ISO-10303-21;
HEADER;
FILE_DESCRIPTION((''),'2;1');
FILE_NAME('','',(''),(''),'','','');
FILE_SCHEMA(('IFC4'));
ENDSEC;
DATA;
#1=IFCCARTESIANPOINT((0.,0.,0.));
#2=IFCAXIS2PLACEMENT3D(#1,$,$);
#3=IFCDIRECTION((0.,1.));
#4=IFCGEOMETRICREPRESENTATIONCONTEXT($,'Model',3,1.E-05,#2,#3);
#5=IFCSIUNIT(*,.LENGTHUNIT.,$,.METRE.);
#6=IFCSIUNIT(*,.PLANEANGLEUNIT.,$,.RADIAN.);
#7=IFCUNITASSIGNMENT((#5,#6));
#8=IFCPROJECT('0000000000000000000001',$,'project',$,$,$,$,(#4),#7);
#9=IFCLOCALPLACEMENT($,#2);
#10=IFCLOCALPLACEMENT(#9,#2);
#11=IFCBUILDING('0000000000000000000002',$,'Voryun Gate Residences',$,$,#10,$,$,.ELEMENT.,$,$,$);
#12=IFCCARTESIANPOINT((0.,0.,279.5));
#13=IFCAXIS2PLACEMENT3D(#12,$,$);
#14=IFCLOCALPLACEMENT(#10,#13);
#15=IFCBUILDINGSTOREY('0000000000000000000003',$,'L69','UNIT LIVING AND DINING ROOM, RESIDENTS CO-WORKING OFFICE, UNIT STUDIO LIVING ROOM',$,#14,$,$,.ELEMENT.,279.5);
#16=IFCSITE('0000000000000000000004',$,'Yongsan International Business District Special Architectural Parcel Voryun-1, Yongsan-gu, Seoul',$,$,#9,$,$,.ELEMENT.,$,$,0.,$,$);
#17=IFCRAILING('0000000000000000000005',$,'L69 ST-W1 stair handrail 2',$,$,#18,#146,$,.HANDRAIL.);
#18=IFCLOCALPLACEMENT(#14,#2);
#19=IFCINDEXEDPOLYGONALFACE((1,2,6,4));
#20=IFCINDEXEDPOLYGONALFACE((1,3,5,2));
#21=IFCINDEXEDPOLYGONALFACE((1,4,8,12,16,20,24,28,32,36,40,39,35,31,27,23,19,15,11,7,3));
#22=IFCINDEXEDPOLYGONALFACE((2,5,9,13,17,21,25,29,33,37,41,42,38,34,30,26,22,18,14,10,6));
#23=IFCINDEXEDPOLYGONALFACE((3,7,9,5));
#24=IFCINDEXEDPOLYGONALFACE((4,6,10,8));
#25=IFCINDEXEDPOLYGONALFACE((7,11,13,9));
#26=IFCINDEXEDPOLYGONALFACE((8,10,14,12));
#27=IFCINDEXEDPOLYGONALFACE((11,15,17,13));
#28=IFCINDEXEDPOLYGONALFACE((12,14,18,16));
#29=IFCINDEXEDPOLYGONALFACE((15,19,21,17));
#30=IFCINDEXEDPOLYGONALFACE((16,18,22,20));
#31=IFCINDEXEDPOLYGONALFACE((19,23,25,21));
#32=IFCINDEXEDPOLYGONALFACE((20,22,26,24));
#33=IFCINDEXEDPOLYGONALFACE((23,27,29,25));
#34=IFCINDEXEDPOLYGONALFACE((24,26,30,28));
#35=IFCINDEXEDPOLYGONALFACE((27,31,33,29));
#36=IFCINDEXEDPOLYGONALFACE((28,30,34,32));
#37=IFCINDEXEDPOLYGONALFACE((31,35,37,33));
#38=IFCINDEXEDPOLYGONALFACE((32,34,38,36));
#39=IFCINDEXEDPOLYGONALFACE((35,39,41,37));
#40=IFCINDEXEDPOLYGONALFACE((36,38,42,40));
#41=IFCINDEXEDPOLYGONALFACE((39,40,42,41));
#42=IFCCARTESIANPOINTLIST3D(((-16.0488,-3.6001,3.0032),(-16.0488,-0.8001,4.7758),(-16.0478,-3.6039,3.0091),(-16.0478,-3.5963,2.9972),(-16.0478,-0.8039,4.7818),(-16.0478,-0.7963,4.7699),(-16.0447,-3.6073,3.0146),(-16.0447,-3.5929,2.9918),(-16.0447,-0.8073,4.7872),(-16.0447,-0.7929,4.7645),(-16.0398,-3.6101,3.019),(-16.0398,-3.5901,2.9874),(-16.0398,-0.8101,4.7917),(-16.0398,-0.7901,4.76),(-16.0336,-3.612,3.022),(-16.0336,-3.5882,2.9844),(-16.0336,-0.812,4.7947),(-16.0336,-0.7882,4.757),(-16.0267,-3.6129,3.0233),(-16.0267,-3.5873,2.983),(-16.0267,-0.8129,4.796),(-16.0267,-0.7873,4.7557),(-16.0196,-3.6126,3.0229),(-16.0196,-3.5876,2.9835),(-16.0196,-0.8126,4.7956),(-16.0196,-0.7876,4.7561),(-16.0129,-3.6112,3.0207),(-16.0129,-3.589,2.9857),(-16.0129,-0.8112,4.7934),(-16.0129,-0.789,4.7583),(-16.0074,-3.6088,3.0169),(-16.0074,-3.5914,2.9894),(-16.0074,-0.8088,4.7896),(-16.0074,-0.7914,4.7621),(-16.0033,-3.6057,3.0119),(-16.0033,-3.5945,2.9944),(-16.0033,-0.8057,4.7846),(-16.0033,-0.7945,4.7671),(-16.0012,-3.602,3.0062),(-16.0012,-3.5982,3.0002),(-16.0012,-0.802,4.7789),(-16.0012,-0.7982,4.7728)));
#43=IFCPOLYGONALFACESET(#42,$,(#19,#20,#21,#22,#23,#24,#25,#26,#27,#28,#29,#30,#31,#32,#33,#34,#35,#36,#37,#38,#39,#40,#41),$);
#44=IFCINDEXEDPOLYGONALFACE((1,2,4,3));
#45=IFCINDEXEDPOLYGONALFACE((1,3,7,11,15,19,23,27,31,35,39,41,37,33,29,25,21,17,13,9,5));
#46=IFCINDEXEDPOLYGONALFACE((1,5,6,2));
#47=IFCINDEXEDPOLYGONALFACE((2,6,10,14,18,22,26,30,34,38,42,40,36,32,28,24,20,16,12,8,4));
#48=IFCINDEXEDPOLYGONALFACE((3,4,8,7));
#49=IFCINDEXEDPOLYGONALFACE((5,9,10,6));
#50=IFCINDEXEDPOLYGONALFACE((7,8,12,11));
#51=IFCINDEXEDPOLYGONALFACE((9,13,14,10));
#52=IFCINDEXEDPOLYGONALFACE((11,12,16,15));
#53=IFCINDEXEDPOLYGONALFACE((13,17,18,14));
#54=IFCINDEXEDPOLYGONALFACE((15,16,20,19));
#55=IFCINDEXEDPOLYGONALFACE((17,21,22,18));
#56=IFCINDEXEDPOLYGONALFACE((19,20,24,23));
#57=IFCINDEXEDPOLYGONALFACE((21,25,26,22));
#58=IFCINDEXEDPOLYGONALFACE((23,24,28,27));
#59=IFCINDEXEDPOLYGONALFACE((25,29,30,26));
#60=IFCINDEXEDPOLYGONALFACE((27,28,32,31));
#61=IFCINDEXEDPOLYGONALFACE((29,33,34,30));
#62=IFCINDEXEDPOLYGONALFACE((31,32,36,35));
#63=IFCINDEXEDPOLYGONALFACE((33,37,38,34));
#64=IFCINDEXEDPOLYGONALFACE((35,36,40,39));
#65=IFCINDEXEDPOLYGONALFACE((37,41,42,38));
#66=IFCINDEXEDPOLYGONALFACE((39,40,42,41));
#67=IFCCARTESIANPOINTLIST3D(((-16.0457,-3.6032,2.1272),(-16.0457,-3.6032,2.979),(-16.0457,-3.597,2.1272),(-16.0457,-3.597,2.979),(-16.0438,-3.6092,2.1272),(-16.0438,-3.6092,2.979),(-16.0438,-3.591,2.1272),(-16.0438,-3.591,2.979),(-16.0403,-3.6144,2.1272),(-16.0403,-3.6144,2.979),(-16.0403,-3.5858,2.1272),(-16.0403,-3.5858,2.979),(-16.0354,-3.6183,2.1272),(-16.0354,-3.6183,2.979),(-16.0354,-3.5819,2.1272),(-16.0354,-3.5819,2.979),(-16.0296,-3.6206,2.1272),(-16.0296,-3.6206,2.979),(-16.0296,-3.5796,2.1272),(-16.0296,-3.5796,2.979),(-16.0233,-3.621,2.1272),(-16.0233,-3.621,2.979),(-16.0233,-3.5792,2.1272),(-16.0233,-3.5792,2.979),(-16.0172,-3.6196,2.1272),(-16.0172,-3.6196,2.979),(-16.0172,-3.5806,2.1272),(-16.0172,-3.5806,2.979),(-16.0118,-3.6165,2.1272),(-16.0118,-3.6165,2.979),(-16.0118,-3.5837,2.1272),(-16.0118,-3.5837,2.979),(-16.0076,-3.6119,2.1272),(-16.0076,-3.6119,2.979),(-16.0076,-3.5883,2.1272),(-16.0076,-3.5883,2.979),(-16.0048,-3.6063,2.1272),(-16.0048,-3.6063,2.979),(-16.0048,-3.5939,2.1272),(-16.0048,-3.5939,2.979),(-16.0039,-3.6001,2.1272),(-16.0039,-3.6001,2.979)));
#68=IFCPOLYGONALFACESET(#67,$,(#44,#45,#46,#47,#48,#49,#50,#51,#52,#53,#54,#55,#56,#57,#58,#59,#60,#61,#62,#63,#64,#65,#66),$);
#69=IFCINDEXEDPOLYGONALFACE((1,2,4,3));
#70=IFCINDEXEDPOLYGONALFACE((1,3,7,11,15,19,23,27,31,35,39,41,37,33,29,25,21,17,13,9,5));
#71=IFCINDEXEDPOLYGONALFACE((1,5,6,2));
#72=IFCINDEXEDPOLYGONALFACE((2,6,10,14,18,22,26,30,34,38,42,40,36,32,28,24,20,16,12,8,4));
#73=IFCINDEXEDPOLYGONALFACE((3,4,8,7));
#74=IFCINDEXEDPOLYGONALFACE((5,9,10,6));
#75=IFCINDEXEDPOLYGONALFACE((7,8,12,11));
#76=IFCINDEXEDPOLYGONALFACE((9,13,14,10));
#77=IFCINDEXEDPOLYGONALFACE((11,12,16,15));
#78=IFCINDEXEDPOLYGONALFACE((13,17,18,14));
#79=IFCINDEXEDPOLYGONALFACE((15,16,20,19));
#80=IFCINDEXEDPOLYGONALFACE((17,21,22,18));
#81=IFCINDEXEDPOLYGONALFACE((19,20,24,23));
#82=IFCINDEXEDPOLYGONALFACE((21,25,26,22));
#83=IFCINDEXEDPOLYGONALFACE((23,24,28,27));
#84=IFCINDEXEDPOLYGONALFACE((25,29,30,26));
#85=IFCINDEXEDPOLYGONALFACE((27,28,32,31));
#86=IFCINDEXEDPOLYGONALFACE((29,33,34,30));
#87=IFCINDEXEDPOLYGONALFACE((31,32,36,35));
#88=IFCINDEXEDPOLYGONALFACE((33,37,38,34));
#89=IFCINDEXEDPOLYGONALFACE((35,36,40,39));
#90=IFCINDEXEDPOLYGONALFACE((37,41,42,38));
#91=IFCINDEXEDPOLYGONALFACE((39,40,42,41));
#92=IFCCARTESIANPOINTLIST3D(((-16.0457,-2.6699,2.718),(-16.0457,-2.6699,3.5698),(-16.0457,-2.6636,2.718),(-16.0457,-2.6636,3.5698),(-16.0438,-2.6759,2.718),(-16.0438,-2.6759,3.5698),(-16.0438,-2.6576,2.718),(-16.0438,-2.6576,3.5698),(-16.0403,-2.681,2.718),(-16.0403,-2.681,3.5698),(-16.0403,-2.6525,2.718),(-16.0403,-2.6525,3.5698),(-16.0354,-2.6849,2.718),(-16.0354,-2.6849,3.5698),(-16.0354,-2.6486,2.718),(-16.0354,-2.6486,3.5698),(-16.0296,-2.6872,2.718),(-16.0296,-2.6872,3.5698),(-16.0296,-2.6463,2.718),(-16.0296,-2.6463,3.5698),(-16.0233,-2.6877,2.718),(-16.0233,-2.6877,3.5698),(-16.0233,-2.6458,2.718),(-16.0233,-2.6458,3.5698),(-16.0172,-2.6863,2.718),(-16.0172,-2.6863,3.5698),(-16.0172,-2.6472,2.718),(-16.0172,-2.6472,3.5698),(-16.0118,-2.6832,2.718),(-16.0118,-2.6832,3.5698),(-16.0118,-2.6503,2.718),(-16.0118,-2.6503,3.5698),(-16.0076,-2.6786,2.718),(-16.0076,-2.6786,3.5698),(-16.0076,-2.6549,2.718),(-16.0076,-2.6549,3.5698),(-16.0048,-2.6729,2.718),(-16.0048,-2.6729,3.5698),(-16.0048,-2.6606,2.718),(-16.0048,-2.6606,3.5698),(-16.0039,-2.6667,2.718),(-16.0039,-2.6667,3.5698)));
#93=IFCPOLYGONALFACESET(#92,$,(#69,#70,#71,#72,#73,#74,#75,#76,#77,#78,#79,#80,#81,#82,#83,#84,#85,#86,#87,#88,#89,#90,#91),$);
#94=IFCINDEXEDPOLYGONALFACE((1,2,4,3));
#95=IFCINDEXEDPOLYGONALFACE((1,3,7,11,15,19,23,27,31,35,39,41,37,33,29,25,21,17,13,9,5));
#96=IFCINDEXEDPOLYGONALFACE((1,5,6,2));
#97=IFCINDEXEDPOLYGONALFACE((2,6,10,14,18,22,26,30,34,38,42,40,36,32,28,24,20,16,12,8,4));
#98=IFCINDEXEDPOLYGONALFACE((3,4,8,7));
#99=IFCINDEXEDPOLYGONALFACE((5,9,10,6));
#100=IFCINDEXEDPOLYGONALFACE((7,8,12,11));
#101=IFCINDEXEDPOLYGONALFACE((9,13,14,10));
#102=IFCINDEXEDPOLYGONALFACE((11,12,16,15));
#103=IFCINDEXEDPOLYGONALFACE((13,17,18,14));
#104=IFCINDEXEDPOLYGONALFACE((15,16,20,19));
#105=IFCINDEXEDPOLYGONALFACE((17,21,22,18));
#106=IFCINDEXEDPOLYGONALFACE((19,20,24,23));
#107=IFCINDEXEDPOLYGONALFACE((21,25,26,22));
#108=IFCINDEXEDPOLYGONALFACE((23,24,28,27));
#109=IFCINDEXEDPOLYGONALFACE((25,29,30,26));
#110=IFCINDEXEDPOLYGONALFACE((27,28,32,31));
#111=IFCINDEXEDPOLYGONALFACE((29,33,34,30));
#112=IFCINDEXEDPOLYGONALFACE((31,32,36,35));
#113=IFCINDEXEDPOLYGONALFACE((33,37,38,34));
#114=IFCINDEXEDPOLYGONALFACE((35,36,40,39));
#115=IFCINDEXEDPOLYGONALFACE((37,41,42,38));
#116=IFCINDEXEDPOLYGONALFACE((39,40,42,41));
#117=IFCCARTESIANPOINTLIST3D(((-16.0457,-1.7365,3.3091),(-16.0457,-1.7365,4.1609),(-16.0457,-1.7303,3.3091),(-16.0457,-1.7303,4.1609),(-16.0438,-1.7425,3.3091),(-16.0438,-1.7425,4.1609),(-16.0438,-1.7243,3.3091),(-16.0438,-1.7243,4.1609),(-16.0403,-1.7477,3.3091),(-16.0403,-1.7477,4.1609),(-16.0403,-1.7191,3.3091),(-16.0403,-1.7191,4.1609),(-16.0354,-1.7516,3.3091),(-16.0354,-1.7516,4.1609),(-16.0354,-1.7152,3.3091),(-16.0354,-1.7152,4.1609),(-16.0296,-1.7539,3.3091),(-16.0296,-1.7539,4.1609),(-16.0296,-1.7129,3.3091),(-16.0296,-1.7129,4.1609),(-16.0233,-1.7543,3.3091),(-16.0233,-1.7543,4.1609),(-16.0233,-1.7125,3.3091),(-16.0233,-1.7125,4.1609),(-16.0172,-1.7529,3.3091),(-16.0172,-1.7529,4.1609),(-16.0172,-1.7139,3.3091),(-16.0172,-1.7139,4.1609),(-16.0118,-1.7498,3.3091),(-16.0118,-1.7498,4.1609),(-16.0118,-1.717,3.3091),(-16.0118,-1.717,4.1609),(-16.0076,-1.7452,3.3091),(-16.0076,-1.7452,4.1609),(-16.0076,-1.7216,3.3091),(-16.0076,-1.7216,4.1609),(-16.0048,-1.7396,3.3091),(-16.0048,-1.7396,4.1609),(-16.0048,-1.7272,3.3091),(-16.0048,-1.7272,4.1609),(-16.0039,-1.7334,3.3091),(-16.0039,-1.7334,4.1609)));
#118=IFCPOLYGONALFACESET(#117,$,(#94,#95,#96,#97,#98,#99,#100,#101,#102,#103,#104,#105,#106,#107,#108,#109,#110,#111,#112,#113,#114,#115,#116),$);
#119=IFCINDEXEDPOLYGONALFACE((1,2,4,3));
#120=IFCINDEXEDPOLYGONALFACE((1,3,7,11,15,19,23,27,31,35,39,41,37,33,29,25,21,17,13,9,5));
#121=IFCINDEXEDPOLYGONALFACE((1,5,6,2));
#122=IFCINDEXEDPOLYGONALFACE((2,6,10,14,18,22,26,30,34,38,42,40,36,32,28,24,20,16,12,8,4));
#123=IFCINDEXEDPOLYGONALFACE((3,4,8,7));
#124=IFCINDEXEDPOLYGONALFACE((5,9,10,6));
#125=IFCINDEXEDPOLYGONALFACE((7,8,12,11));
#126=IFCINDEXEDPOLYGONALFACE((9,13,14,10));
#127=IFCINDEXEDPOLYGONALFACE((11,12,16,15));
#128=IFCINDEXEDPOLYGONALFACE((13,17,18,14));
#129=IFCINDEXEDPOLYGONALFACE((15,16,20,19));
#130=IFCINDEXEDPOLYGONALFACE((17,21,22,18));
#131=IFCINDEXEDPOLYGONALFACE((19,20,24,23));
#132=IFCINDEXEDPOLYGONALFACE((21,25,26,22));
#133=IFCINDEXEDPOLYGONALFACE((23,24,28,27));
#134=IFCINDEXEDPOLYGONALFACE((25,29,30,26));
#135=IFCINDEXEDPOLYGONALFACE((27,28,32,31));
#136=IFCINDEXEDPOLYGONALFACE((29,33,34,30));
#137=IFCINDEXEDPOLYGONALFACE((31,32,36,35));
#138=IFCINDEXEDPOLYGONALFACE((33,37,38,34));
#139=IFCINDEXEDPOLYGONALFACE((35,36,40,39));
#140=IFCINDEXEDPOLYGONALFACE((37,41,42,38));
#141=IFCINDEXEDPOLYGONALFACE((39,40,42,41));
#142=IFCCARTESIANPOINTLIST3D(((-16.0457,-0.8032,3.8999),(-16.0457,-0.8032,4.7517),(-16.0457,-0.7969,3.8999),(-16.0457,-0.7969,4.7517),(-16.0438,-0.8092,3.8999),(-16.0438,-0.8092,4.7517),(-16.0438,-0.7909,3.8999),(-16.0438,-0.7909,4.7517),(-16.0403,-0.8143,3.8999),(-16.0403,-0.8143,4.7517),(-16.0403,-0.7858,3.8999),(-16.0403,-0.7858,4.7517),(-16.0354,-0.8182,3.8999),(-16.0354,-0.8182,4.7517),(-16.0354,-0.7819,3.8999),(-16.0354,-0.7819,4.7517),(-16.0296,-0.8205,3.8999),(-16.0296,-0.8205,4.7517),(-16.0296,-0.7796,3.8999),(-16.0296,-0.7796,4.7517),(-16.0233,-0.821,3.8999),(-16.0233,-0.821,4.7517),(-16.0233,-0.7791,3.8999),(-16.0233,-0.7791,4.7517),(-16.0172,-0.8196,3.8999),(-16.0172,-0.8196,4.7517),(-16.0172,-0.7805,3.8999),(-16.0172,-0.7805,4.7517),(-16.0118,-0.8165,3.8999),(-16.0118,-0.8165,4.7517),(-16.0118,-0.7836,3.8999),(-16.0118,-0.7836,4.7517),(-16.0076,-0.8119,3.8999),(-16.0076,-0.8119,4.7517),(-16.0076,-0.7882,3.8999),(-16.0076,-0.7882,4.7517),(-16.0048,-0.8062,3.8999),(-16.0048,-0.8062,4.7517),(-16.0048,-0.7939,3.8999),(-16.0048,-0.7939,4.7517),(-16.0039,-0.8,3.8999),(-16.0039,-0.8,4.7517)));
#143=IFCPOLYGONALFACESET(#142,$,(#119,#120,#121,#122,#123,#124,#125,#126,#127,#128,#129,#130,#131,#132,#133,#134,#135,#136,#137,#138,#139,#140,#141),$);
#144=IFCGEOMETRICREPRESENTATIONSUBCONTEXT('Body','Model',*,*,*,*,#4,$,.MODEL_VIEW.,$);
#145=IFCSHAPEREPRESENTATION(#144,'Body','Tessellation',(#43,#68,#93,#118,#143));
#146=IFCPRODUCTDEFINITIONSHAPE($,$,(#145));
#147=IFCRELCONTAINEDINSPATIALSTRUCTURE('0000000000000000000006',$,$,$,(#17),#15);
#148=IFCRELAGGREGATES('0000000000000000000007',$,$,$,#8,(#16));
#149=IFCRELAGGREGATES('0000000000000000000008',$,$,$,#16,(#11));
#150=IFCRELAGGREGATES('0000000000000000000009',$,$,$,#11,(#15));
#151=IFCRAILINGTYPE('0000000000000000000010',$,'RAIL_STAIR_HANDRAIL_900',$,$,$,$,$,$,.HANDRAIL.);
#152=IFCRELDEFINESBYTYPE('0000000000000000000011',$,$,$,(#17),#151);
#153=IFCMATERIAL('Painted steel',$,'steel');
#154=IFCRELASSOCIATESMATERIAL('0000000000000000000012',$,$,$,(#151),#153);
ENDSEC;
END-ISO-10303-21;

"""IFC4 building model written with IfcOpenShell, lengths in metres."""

from ifc_helpers import new_model, si_unit, direction, frame, origin, origin_2d, place, context, subcontext, project, spatial, circle, extrude, material, type_object, element, save


model = new_model("IFC4")

# Units and contexts
model_context = context("Model", 3, precision=1e-05, world=origin(), true_north=direction((0.0, 1.0)))
body_context = subcontext(model_context, "Body", "Model", "MODEL_VIEW")
ifc_project = project(units=[si_unit("LENGTHUNIT", "METRE"), si_unit("PLANEANGLEUNIT", "RADIAN")], contexts=[model_context])

# Site, building, storey
site_placement = place(None, origin())
site = spatial("IfcSite", under=ifc_project, at=site_placement, Name="Yongsan International Business District Special Architectural Parcel Voryun-1, Yongsan-gu, Seoul", CompositionType="ELEMENT", RefElevation=0.0)
building_placement = place(site_placement, origin())
building = spatial("IfcBuilding", under=site, at=building_placement, Name="Voryun Gate Residences", CompositionType="ELEMENT")
storey_placement = place(building_placement, frame((0.0, 0.0, 279.5)))
storey = spatial("IfcBuildingStorey", under=building, at=storey_placement, Name="L69", Description="UNIT LIVING AND DINING ROOM, RESIDENTS CO-WORKING OFFICE, UNIT STUDIO LIVING ROOM", CompositionType="ELEMENT", Elevation=279.5)

# Railing
ifc_material_1 = material(Name="Painted steel", Category="steel")
railing_type_1 = type_object("IfcRailingType", Name="RAIL_STAIR_HANDRAIL_900", PredefinedType="HANDRAIL", material=ifc_material_1)
railing_1_placement = place(storey_placement, frame((-16.0249, -3.6001, 2.1272)))
element("IfcRailing", 1, at=railing_1_placement, inside=storey, type_object=railing_type_1, Name="L69 ST-W1 stair handrail 2", PredefinedType="HANDRAIL", context=body_context, shape_type="SweptSolid", body=[
    extrude(circle(Radius=0.0239, at=origin_2d()), frame((0.0, 0.0, 0.876), z_axis=(0.0, 0.844909, 0.53491), x_axis=(-1.0, 0.0, 0.0)), (0.0, 0.0, 1.0), 3.314),
    extrude(circle(Radius=0.021, at=origin_2d()), origin(), (0.0, 0.0, 1.0), 0.8518),
    extrude(circle(Radius=0.021, at=origin_2d()), frame((0.0, 0.9333, 0.5908)), (0.0, 0.0, 1.0), 0.8518),
    extrude(circle(Radius=0.021, at=origin_2d()), frame((0.0, 1.8667, 1.1819)), (0.0, 0.0, 1.0), 0.8518),
    extrude(circle(Radius=0.021, at=origin_2d()), frame((0.0, 2.8, 1.7727)), (0.0, 0.0, 1.0), 0.8518),
])

save(model, "model.ifc")
